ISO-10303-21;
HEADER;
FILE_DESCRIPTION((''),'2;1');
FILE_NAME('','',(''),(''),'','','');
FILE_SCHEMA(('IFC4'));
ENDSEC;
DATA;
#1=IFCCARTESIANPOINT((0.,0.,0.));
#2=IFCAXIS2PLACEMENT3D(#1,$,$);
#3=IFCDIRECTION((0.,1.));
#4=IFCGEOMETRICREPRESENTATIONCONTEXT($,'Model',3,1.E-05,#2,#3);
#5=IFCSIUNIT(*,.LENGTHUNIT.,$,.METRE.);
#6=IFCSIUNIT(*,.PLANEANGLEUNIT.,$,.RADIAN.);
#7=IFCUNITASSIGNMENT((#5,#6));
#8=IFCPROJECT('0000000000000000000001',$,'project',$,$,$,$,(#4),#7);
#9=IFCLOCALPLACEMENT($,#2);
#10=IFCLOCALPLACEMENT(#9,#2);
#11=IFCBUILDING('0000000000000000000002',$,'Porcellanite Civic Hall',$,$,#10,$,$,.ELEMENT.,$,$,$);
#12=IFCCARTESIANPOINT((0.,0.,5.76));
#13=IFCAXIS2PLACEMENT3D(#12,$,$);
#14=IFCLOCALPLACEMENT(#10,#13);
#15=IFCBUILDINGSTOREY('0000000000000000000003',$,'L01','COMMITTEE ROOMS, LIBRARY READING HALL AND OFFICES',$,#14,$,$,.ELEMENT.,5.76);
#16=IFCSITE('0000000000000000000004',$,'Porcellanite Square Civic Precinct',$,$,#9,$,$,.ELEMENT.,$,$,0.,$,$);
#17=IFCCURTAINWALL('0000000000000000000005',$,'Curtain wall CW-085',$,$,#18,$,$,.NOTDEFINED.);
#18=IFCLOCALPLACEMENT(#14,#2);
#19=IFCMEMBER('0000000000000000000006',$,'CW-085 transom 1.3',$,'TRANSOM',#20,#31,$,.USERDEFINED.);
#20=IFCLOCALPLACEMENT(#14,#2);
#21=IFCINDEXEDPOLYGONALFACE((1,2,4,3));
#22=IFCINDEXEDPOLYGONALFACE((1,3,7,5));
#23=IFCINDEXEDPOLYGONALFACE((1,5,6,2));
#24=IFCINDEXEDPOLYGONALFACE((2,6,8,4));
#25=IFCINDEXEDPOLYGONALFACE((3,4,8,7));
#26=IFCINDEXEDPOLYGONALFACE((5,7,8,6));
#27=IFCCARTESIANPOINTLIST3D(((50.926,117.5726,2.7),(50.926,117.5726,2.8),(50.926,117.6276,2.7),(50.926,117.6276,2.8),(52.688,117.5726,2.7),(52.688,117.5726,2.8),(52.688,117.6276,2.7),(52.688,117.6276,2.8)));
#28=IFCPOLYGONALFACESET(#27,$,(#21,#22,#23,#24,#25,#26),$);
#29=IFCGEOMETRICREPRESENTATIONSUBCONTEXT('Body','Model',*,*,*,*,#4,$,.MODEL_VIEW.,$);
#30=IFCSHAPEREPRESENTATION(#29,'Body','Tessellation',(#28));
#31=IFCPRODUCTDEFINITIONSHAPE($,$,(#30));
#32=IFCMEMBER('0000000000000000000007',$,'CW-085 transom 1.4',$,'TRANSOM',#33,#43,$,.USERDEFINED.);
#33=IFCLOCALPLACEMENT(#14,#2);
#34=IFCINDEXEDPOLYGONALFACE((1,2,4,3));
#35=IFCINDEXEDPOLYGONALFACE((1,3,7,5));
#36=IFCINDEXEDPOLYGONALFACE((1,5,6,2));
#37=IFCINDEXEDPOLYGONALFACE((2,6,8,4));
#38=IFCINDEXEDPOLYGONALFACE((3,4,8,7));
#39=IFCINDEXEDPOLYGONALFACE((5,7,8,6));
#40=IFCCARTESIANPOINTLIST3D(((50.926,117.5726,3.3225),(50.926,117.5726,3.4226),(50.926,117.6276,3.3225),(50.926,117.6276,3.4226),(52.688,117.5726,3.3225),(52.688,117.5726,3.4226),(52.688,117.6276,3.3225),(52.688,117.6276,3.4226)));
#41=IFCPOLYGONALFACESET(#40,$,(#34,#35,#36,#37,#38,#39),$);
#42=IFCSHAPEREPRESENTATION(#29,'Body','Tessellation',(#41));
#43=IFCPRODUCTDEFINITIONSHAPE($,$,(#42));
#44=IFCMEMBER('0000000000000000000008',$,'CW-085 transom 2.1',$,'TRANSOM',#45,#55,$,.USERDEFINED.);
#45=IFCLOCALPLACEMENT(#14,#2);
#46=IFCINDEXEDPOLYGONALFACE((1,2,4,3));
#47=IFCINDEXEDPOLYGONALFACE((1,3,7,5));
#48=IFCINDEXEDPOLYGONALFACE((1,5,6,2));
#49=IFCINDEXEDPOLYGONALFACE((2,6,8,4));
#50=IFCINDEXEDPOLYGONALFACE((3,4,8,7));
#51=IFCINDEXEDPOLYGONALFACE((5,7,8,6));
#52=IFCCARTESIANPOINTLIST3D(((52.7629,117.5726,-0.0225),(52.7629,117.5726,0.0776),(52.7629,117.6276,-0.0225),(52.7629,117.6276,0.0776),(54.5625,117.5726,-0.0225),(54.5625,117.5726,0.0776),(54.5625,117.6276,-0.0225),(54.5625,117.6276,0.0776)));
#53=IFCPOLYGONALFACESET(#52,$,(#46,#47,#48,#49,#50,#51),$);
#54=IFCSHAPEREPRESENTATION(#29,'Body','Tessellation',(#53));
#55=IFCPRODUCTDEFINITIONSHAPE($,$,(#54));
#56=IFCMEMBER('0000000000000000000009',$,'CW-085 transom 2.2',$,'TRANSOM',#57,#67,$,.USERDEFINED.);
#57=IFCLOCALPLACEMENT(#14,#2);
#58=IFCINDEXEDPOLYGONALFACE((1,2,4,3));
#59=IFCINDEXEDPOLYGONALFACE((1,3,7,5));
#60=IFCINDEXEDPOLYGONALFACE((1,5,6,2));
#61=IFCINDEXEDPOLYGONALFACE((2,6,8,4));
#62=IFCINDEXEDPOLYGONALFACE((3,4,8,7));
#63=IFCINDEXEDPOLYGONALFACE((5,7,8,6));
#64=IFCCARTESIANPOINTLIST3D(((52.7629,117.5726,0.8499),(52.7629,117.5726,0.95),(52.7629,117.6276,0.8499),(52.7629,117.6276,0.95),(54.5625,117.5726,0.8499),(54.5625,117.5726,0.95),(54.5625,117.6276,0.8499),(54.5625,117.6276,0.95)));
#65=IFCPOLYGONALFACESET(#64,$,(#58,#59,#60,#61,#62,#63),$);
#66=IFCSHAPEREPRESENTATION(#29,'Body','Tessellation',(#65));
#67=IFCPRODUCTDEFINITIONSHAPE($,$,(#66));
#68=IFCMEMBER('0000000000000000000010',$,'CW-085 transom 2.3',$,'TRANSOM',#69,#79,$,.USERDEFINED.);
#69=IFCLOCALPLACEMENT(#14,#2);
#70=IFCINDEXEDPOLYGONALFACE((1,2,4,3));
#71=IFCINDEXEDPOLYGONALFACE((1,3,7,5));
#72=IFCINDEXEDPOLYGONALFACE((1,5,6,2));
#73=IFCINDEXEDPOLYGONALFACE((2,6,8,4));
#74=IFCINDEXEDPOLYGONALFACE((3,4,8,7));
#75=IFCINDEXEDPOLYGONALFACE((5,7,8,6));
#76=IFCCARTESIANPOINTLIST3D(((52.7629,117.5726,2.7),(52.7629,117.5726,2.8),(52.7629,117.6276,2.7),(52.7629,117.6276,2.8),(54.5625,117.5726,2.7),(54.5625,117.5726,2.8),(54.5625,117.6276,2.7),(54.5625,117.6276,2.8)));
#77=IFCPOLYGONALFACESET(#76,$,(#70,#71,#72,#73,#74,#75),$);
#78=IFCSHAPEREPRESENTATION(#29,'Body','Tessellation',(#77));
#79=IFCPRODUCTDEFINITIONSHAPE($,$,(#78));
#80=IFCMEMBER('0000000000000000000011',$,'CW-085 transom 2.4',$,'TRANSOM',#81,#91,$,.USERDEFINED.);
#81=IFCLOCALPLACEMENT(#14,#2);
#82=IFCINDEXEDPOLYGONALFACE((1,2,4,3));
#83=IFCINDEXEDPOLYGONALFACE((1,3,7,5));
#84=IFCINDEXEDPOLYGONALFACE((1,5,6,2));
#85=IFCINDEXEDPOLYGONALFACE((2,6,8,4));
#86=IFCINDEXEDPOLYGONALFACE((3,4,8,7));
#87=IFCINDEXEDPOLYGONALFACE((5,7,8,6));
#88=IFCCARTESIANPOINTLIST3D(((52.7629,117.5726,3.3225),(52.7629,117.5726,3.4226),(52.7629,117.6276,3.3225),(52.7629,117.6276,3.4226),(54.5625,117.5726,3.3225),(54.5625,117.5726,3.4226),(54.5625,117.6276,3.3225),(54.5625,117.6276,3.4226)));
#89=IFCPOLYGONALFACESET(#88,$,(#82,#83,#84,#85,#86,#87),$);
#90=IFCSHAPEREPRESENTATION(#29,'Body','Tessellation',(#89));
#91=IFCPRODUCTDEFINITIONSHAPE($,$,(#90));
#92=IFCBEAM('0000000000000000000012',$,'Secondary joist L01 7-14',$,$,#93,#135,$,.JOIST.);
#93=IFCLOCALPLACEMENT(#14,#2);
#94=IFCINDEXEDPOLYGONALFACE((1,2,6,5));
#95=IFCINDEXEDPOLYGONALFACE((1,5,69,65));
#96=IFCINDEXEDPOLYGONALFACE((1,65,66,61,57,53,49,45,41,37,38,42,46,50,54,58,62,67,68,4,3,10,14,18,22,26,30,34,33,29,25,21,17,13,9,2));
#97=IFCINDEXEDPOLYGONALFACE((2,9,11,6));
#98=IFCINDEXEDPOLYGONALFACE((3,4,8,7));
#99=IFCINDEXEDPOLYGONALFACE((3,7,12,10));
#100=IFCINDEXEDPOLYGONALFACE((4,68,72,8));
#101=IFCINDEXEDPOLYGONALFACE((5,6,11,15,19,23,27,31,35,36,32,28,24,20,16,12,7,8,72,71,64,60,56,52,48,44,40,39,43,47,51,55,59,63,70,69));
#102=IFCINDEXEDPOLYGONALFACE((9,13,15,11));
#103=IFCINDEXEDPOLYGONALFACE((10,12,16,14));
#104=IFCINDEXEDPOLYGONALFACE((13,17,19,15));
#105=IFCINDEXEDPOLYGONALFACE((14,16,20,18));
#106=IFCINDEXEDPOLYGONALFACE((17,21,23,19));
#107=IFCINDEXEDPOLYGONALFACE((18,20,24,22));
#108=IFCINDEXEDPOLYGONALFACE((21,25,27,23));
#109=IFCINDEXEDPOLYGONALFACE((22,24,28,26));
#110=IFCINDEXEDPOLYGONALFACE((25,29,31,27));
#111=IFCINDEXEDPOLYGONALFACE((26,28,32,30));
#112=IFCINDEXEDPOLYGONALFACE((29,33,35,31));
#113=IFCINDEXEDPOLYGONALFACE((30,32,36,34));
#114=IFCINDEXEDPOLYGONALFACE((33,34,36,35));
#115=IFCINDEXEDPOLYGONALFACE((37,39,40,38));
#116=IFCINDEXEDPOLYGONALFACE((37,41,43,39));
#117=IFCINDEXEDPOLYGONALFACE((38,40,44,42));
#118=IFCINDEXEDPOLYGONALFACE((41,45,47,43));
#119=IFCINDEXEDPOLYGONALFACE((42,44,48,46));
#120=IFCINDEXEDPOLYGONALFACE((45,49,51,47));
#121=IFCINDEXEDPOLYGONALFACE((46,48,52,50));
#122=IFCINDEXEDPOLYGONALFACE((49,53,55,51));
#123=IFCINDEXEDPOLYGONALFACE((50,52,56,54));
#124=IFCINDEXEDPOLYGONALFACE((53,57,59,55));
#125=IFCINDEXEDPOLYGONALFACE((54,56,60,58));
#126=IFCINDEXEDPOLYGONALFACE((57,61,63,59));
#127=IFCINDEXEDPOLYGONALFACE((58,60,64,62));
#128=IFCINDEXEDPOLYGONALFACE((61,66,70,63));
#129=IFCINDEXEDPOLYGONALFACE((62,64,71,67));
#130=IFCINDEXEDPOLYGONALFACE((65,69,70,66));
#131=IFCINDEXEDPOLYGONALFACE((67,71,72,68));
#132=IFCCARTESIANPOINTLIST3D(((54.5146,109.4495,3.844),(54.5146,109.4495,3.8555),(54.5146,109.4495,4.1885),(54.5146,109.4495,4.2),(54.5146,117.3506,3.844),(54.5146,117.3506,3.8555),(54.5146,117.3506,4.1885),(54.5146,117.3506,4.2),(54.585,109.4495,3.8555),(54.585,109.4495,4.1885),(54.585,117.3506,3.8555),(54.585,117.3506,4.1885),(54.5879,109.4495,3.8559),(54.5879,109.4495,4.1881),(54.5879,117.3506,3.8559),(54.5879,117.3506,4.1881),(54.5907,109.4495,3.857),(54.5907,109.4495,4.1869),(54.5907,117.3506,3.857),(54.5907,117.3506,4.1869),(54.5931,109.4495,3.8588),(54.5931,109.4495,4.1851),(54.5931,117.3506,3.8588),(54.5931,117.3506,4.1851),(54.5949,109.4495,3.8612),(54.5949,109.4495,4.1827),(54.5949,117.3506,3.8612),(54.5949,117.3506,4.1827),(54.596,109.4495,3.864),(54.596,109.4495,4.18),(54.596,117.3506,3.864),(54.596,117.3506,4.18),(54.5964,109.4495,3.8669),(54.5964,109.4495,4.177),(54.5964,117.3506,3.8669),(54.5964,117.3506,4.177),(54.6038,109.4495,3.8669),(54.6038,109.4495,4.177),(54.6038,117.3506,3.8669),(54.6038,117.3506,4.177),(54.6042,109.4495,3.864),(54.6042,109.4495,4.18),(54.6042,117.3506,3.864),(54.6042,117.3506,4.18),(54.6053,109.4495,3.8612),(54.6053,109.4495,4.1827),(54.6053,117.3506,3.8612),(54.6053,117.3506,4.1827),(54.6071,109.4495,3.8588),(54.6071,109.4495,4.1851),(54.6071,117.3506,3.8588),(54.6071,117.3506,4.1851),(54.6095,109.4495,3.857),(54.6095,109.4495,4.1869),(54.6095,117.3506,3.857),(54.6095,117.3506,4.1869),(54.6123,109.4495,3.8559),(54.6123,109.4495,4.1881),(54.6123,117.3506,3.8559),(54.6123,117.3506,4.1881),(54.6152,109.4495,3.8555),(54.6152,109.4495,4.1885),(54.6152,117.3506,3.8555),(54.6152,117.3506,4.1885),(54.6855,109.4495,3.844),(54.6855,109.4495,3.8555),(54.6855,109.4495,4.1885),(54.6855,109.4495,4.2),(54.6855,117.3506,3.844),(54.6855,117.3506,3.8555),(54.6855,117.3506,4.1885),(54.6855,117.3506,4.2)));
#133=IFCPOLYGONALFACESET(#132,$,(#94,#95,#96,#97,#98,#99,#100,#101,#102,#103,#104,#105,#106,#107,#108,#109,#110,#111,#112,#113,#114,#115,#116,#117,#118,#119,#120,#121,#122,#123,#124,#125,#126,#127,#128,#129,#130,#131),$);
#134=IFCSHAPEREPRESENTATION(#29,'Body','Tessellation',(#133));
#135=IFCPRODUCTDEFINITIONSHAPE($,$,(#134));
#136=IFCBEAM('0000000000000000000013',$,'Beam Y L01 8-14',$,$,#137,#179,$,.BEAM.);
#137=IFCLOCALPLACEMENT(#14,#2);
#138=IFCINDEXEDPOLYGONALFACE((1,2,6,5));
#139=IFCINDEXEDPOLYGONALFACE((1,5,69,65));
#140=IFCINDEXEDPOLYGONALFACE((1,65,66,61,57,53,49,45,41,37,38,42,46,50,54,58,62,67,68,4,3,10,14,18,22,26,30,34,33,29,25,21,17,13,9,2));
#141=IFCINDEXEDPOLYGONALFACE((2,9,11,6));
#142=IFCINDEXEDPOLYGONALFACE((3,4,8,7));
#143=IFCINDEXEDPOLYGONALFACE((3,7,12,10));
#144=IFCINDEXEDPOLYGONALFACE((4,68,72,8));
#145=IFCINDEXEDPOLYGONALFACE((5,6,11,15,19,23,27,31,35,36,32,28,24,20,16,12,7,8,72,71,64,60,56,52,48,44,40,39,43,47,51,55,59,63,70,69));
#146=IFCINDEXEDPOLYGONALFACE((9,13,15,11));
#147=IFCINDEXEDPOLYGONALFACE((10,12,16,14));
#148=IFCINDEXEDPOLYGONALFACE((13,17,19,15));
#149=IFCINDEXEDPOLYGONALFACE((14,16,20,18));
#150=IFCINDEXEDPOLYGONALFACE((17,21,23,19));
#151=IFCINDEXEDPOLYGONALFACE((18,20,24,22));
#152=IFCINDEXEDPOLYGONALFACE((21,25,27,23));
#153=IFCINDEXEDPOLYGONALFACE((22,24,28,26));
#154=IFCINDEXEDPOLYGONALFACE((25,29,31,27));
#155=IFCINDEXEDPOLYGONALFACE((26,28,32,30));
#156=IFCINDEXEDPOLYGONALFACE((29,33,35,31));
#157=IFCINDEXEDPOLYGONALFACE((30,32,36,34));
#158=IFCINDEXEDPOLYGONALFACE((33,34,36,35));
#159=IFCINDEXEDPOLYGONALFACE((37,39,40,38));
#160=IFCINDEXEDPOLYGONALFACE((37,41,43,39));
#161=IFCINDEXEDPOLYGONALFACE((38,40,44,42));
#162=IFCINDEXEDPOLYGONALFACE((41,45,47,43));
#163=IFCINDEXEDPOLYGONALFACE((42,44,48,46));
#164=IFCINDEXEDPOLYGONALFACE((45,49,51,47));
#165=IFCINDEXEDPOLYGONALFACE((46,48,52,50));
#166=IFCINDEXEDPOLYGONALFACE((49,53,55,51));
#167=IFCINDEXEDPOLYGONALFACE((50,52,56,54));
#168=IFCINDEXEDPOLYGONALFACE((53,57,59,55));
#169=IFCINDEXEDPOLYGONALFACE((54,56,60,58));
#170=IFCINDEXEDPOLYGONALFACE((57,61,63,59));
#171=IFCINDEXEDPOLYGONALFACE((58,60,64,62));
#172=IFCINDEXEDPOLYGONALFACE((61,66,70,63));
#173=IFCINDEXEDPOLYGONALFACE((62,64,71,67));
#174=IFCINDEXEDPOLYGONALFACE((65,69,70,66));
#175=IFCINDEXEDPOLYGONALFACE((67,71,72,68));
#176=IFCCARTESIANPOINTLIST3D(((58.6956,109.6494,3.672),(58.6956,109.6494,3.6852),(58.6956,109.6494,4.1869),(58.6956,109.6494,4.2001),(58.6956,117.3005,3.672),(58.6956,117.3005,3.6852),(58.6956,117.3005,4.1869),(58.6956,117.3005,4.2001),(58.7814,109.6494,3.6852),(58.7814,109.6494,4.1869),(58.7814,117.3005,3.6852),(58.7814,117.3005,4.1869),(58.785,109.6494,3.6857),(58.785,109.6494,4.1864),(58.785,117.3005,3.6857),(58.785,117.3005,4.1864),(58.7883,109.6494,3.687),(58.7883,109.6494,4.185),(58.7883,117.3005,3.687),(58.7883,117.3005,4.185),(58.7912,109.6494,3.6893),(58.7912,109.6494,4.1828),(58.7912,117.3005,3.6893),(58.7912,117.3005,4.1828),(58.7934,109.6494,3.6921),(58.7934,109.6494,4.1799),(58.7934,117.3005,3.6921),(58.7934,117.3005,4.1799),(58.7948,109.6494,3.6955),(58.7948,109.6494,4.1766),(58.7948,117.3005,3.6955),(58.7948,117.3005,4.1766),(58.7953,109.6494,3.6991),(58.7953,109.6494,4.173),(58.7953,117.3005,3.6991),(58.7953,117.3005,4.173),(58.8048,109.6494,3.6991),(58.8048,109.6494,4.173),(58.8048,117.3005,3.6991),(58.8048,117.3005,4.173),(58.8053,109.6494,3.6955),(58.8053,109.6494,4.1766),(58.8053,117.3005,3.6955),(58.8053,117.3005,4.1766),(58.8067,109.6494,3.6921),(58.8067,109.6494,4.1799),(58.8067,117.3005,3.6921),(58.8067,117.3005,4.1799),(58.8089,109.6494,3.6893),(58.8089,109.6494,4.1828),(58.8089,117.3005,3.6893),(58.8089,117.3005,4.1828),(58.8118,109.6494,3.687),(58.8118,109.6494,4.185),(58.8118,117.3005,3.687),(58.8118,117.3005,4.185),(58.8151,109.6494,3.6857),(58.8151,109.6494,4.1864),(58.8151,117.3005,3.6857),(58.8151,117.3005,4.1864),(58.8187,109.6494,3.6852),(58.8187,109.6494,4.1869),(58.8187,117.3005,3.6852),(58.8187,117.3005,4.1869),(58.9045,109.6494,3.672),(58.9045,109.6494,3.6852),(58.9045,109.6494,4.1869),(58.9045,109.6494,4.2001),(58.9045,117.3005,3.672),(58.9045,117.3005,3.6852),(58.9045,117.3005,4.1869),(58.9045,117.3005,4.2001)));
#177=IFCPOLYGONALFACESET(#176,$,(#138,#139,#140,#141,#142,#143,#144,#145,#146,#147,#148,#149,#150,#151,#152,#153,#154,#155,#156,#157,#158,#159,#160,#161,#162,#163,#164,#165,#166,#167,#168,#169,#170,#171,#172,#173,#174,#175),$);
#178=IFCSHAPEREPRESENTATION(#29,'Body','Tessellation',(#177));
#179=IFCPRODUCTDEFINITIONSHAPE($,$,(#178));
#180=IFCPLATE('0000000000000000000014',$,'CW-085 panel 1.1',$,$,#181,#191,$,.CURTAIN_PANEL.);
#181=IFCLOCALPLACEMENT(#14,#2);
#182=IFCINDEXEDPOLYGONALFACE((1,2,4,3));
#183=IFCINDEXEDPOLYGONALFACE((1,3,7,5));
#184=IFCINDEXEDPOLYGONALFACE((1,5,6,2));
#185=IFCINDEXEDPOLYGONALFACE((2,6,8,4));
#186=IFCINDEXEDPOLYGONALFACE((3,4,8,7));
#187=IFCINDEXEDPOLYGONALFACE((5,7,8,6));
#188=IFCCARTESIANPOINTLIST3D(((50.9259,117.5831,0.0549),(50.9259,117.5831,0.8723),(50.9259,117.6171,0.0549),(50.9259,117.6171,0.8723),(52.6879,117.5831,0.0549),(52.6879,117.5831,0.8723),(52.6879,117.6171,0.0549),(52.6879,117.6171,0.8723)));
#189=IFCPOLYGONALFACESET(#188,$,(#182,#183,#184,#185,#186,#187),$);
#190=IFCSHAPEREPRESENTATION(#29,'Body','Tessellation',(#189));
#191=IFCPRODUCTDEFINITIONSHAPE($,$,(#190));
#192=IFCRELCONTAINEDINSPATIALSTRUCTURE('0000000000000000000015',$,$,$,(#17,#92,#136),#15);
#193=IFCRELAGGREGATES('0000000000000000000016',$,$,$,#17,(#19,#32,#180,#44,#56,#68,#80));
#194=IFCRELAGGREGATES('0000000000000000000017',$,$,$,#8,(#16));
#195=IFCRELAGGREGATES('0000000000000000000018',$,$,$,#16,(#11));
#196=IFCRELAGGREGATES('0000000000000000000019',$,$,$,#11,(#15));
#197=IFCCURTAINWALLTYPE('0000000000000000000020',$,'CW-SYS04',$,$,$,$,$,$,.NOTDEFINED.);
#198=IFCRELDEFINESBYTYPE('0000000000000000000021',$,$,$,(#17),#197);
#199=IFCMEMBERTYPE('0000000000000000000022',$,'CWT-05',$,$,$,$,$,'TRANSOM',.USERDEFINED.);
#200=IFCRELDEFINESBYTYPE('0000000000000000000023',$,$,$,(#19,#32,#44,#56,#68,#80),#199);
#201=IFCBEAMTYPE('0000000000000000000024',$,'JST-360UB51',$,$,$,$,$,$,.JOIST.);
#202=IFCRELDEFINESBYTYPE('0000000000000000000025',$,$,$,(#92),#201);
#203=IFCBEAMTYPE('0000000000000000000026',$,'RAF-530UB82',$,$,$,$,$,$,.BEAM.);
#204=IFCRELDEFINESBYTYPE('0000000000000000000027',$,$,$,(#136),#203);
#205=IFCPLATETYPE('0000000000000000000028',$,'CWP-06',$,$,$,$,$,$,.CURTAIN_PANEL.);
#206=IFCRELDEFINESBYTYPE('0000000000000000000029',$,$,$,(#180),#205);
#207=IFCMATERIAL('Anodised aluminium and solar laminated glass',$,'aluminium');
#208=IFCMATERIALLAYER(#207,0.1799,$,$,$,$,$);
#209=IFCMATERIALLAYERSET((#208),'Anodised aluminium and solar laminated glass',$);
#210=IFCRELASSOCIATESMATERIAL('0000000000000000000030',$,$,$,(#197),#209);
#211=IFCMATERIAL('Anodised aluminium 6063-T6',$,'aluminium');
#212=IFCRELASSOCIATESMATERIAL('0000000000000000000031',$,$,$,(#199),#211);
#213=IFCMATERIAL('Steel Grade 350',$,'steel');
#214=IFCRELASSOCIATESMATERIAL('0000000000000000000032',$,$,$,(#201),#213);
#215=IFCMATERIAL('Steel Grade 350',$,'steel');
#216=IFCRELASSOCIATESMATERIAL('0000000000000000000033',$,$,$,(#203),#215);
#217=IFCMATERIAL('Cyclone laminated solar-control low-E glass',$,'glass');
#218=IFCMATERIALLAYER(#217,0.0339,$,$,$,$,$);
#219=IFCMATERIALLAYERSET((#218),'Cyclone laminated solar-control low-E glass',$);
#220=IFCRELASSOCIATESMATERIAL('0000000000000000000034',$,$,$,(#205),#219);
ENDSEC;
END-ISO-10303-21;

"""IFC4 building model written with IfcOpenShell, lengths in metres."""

from ifc_helpers import new_model, si_unit, direction, frame, origin, origin_2d, place, context, subcontext, project, spatial, rectangle, i_section, extrude, material, layer, layer_set, material_profile, profile_set, type_object, element, aggregate, save


model = new_model("IFC4")

# Units and contexts
model_context = context("Model", 3, precision=1e-05, world=origin(), true_north=direction((0.0, 1.0)))
body_context = subcontext(model_context, "Body", "Model", "MODEL_VIEW")
ifc_project = project(units=[si_unit("LENGTHUNIT", "METRE"), si_unit("PLANEANGLEUNIT", "RADIAN")], contexts=[model_context])

# Site, building, storey
site_placement = place(None, origin())
site = spatial("IfcSite", under=ifc_project, at=site_placement, Name="Porcellanite Square Civic Precinct", CompositionType="ELEMENT", RefElevation=0.0)
building_placement = place(site_placement, origin())
building = spatial("IfcBuilding", under=site, at=building_placement, Name="Porcellanite Civic Hall", CompositionType="ELEMENT")
storey_placement = place(building_placement, frame((0.0, 0.0, 5.76)))
storey = spatial("IfcBuildingStorey", under=building, at=storey_placement, Name="L01", Description="COMMITTEE ROOMS, LIBRARY READING HALL AND OFFICES", CompositionType="ELEMENT", Elevation=5.76)

# Curtain wall, members
ifc_material_1 = material(Name="Anodised aluminium and solar laminated glass", Category="aluminium")
ifc_layer_1 = layer(ifc_material_1, 0.1799)
ifc_layer_set_1 = layer_set([ifc_layer_1], Name="Anodised aluminium and solar laminated glass")
curtain_wall_type = type_object("IfcCurtainWallType", Name="CW-SYS04", PredefinedType="NOTDEFINED", material=ifc_layer_set_1)
curtain_wall_placement = place(storey_placement, origin())
curtain_wall = element("IfcCurtainWall", 1, at=curtain_wall_placement, inside=storey, type_object=curtain_wall_type, Name="Curtain wall CW-085", PredefinedType="NOTDEFINED")
ifc_material_2 = material(Name="Anodised aluminium 6063-T6", Category="aluminium")
ifc_material_profile_1 = material_profile(ifc_material_2, rectangle(XDim=0.0549, YDim=0.1001, at=origin_2d()), Name="AL-55x100")
ifc_profile_set_1 = profile_set([ifc_material_profile_1], Name="Anodised aluminium 6063-T6")
member_type_1 = type_object("IfcMemberType", Name="CWT-05", ElementType="TRANSOM", PredefinedType="USERDEFINED", material=ifc_profile_set_1)
member_1_placement = place(storey_placement, frame((50.926, 117.6001, 2.75), z_axis=(1.0, 0.0, 0.0), x_axis=(0.0, 1.0, 0.0)))
member_1 = element("IfcMember", 2, at=member_1_placement, type_object=member_type_1, Name="CW-085 transom 1.3", ObjectType="TRANSOM", PredefinedType="USERDEFINED", context=body_context, shape_type="SweptSolid", body=[
    extrude(rectangle(XDim=0.0549, YDim=0.1001, at=origin_2d()), origin(), (0.0, 0.0, 1.0), 1.762),
])
member_2_placement = place(storey_placement, frame((50.926, 117.6001, 3.3726), z_axis=(1.0, 0.0, 0.0), x_axis=(0.0, 1.0, 0.0)))
member_2 = element("IfcMember", 3, at=member_2_placement, type_object=member_type_1, Name="CW-085 transom 1.4", ObjectType="TRANSOM", PredefinedType="USERDEFINED", context=body_context, shape_type="SweptSolid", body=[
    extrude(rectangle(XDim=0.0549, YDim=0.1001, at=origin_2d()), origin(), (0.0, 0.0, 1.0), 1.762),
])
member_3_placement = place(storey_placement, frame((52.7629, 117.6001, 0.0276), z_axis=(1.0, 0.0, 0.0), x_axis=(0.0, 1.0, 0.0)))
member_3 = element("IfcMember", 4, at=member_3_placement, type_object=member_type_1, Name="CW-085 transom 2.1", ObjectType="TRANSOM", PredefinedType="USERDEFINED", context=body_context, shape_type="SweptSolid", body=[
    extrude(rectangle(XDim=0.0549, YDim=0.1001, at=origin_2d()), origin(), (0.0, 0.0, 1.0), 1.7996),
])
member_4_placement = place(storey_placement, frame((52.7629, 117.6001, 0.8999), z_axis=(1.0, 0.0, 0.0), x_axis=(0.0, 1.0, 0.0)))
member_4 = element("IfcMember", 5, at=member_4_placement, type_object=member_type_1, Name="CW-085 transom 2.2", ObjectType="TRANSOM", PredefinedType="USERDEFINED", context=body_context, shape_type="SweptSolid", body=[
    extrude(rectangle(XDim=0.0549, YDim=0.1001, at=origin_2d()), origin(), (0.0, 0.0, 1.0), 1.7996),
])
member_5_placement = place(storey_placement, frame((52.7629, 117.6001, 2.75), z_axis=(1.0, 0.0, 0.0), x_axis=(0.0, 1.0, 0.0)))
member_5 = element("IfcMember", 6, at=member_5_placement, type_object=member_type_1, Name="CW-085 transom 2.3", ObjectType="TRANSOM", PredefinedType="USERDEFINED", context=body_context, shape_type="SweptSolid", body=[
    extrude(rectangle(XDim=0.0549, YDim=0.1001, at=origin_2d()), origin(), (0.0, 0.0, 1.0), 1.7996),
])
member_6_placement = place(storey_placement, frame((52.7629, 117.6001, 3.3726), z_axis=(1.0, 0.0, 0.0), x_axis=(0.0, 1.0, 0.0)))
member_6 = element("IfcMember", 7, at=member_6_placement, type_object=member_type_1, Name="CW-085 transom 2.4", ObjectType="TRANSOM", PredefinedType="USERDEFINED", context=body_context, shape_type="SweptSolid", body=[
    extrude(rectangle(XDim=0.0549, YDim=0.1001, at=origin_2d()), origin(), (0.0, 0.0, 1.0), 1.7996),
])

# Beams
ifc_material_3 = material(Name="Steel Grade 350", Category="steel")
ifc_material_profile_2 = material_profile(ifc_material_3, i_section(OverallWidth=0.1709, OverallDepth=0.356, WebThickness=0.0073, FlangeThickness=0.0115, FilletRadius=0.0115, at=origin_2d()), Name="360UB50.7")
ifc_profile_set_2 = profile_set([ifc_material_profile_2], Name="Steel Grade 350")
beam_type_1 = type_object("IfcBeamType", Name="JST-360UB51", PredefinedType="JOIST", material=ifc_profile_set_2)
beam_1_placement = place(storey_placement, frame((54.6001, 109.4495, 4.022), z_axis=(0.0, 1.0, 0.0), x_axis=(-1.0, 0.0, 0.0)))
element("IfcBeam", 8, at=beam_1_placement, inside=storey, type_object=beam_type_1, Name="Secondary joist L01 7-14", PredefinedType="JOIST", context=body_context, shape_type="SweptSolid", body=[
    extrude(i_section(OverallWidth=0.1709, OverallDepth=0.356, WebThickness=0.0073, FlangeThickness=0.0115, FilletRadius=0.0115, at=origin_2d()), origin(), (0.0, 0.0, 1.0), 7.9011),
])
ifc_material_4 = material(Name="Steel Grade 350", Category="steel")
ifc_material_profile_3 = material_profile(ifc_material_4, i_section(OverallWidth=0.209, OverallDepth=0.5281, WebThickness=0.0095, FlangeThickness=0.0132, FilletRadius=0.0139, at=origin_2d()), Name="530UB82.0")
ifc_profile_set_3 = profile_set([ifc_material_profile_3], Name="Steel Grade 350")
beam_type_2 = type_object("IfcBeamType", Name="RAF-530UB82", PredefinedType="BEAM", material=ifc_profile_set_3)
beam_2_placement = place(storey_placement, frame((58.8, 109.6494, 3.936), z_axis=(0.0, 1.0, 0.0), x_axis=(-1.0, 0.0, 0.0)))
element("IfcBeam", 9, at=beam_2_placement, inside=storey, type_object=beam_type_2, Name="Beam Y L01 8-14", PredefinedType="BEAM", context=body_context, shape_type="SweptSolid", body=[
    extrude(i_section(OverallWidth=0.209, OverallDepth=0.5281, WebThickness=0.0095, FlangeThickness=0.0132, FilletRadius=0.0139, at=origin_2d()), origin(), (0.0, 0.0, 1.0), 7.6511),
])

# Plate
ifc_material_5 = material(Name="Cyclone laminated solar-control low-E glass", Category="glass")
ifc_layer_2 = layer(ifc_material_5, 0.0339)
ifc_layer_set_2 = layer_set([ifc_layer_2], Name="Cyclone laminated solar-control low-E glass")
plate_type = type_object("IfcPlateType", Name="CWP-06", PredefinedType="CURTAIN_PANEL", material=ifc_layer_set_2)
plate_1_placement = place(storey_placement, frame((51.8069, 117.6001, 0.0549), z_axis=(0.0, 0.0, 1.0), x_axis=(1.0, 0.0, 0.0)))
plate_1 = element("IfcPlate", 10, at=plate_1_placement, type_object=plate_type, Name="CW-085 panel 1.1", PredefinedType="CURTAIN_PANEL", context=body_context, shape_type="SweptSolid", body=[
    extrude(rectangle(XDim=1.762, YDim=0.0339, at=origin_2d()), origin(), (0.0, 0.0, 1.0), 0.8174),
])
aggregate(curtain_wall, [member_1, member_2, plate_1, member_3, member_4, member_5, member_6])

save(model, "model.ifc")
